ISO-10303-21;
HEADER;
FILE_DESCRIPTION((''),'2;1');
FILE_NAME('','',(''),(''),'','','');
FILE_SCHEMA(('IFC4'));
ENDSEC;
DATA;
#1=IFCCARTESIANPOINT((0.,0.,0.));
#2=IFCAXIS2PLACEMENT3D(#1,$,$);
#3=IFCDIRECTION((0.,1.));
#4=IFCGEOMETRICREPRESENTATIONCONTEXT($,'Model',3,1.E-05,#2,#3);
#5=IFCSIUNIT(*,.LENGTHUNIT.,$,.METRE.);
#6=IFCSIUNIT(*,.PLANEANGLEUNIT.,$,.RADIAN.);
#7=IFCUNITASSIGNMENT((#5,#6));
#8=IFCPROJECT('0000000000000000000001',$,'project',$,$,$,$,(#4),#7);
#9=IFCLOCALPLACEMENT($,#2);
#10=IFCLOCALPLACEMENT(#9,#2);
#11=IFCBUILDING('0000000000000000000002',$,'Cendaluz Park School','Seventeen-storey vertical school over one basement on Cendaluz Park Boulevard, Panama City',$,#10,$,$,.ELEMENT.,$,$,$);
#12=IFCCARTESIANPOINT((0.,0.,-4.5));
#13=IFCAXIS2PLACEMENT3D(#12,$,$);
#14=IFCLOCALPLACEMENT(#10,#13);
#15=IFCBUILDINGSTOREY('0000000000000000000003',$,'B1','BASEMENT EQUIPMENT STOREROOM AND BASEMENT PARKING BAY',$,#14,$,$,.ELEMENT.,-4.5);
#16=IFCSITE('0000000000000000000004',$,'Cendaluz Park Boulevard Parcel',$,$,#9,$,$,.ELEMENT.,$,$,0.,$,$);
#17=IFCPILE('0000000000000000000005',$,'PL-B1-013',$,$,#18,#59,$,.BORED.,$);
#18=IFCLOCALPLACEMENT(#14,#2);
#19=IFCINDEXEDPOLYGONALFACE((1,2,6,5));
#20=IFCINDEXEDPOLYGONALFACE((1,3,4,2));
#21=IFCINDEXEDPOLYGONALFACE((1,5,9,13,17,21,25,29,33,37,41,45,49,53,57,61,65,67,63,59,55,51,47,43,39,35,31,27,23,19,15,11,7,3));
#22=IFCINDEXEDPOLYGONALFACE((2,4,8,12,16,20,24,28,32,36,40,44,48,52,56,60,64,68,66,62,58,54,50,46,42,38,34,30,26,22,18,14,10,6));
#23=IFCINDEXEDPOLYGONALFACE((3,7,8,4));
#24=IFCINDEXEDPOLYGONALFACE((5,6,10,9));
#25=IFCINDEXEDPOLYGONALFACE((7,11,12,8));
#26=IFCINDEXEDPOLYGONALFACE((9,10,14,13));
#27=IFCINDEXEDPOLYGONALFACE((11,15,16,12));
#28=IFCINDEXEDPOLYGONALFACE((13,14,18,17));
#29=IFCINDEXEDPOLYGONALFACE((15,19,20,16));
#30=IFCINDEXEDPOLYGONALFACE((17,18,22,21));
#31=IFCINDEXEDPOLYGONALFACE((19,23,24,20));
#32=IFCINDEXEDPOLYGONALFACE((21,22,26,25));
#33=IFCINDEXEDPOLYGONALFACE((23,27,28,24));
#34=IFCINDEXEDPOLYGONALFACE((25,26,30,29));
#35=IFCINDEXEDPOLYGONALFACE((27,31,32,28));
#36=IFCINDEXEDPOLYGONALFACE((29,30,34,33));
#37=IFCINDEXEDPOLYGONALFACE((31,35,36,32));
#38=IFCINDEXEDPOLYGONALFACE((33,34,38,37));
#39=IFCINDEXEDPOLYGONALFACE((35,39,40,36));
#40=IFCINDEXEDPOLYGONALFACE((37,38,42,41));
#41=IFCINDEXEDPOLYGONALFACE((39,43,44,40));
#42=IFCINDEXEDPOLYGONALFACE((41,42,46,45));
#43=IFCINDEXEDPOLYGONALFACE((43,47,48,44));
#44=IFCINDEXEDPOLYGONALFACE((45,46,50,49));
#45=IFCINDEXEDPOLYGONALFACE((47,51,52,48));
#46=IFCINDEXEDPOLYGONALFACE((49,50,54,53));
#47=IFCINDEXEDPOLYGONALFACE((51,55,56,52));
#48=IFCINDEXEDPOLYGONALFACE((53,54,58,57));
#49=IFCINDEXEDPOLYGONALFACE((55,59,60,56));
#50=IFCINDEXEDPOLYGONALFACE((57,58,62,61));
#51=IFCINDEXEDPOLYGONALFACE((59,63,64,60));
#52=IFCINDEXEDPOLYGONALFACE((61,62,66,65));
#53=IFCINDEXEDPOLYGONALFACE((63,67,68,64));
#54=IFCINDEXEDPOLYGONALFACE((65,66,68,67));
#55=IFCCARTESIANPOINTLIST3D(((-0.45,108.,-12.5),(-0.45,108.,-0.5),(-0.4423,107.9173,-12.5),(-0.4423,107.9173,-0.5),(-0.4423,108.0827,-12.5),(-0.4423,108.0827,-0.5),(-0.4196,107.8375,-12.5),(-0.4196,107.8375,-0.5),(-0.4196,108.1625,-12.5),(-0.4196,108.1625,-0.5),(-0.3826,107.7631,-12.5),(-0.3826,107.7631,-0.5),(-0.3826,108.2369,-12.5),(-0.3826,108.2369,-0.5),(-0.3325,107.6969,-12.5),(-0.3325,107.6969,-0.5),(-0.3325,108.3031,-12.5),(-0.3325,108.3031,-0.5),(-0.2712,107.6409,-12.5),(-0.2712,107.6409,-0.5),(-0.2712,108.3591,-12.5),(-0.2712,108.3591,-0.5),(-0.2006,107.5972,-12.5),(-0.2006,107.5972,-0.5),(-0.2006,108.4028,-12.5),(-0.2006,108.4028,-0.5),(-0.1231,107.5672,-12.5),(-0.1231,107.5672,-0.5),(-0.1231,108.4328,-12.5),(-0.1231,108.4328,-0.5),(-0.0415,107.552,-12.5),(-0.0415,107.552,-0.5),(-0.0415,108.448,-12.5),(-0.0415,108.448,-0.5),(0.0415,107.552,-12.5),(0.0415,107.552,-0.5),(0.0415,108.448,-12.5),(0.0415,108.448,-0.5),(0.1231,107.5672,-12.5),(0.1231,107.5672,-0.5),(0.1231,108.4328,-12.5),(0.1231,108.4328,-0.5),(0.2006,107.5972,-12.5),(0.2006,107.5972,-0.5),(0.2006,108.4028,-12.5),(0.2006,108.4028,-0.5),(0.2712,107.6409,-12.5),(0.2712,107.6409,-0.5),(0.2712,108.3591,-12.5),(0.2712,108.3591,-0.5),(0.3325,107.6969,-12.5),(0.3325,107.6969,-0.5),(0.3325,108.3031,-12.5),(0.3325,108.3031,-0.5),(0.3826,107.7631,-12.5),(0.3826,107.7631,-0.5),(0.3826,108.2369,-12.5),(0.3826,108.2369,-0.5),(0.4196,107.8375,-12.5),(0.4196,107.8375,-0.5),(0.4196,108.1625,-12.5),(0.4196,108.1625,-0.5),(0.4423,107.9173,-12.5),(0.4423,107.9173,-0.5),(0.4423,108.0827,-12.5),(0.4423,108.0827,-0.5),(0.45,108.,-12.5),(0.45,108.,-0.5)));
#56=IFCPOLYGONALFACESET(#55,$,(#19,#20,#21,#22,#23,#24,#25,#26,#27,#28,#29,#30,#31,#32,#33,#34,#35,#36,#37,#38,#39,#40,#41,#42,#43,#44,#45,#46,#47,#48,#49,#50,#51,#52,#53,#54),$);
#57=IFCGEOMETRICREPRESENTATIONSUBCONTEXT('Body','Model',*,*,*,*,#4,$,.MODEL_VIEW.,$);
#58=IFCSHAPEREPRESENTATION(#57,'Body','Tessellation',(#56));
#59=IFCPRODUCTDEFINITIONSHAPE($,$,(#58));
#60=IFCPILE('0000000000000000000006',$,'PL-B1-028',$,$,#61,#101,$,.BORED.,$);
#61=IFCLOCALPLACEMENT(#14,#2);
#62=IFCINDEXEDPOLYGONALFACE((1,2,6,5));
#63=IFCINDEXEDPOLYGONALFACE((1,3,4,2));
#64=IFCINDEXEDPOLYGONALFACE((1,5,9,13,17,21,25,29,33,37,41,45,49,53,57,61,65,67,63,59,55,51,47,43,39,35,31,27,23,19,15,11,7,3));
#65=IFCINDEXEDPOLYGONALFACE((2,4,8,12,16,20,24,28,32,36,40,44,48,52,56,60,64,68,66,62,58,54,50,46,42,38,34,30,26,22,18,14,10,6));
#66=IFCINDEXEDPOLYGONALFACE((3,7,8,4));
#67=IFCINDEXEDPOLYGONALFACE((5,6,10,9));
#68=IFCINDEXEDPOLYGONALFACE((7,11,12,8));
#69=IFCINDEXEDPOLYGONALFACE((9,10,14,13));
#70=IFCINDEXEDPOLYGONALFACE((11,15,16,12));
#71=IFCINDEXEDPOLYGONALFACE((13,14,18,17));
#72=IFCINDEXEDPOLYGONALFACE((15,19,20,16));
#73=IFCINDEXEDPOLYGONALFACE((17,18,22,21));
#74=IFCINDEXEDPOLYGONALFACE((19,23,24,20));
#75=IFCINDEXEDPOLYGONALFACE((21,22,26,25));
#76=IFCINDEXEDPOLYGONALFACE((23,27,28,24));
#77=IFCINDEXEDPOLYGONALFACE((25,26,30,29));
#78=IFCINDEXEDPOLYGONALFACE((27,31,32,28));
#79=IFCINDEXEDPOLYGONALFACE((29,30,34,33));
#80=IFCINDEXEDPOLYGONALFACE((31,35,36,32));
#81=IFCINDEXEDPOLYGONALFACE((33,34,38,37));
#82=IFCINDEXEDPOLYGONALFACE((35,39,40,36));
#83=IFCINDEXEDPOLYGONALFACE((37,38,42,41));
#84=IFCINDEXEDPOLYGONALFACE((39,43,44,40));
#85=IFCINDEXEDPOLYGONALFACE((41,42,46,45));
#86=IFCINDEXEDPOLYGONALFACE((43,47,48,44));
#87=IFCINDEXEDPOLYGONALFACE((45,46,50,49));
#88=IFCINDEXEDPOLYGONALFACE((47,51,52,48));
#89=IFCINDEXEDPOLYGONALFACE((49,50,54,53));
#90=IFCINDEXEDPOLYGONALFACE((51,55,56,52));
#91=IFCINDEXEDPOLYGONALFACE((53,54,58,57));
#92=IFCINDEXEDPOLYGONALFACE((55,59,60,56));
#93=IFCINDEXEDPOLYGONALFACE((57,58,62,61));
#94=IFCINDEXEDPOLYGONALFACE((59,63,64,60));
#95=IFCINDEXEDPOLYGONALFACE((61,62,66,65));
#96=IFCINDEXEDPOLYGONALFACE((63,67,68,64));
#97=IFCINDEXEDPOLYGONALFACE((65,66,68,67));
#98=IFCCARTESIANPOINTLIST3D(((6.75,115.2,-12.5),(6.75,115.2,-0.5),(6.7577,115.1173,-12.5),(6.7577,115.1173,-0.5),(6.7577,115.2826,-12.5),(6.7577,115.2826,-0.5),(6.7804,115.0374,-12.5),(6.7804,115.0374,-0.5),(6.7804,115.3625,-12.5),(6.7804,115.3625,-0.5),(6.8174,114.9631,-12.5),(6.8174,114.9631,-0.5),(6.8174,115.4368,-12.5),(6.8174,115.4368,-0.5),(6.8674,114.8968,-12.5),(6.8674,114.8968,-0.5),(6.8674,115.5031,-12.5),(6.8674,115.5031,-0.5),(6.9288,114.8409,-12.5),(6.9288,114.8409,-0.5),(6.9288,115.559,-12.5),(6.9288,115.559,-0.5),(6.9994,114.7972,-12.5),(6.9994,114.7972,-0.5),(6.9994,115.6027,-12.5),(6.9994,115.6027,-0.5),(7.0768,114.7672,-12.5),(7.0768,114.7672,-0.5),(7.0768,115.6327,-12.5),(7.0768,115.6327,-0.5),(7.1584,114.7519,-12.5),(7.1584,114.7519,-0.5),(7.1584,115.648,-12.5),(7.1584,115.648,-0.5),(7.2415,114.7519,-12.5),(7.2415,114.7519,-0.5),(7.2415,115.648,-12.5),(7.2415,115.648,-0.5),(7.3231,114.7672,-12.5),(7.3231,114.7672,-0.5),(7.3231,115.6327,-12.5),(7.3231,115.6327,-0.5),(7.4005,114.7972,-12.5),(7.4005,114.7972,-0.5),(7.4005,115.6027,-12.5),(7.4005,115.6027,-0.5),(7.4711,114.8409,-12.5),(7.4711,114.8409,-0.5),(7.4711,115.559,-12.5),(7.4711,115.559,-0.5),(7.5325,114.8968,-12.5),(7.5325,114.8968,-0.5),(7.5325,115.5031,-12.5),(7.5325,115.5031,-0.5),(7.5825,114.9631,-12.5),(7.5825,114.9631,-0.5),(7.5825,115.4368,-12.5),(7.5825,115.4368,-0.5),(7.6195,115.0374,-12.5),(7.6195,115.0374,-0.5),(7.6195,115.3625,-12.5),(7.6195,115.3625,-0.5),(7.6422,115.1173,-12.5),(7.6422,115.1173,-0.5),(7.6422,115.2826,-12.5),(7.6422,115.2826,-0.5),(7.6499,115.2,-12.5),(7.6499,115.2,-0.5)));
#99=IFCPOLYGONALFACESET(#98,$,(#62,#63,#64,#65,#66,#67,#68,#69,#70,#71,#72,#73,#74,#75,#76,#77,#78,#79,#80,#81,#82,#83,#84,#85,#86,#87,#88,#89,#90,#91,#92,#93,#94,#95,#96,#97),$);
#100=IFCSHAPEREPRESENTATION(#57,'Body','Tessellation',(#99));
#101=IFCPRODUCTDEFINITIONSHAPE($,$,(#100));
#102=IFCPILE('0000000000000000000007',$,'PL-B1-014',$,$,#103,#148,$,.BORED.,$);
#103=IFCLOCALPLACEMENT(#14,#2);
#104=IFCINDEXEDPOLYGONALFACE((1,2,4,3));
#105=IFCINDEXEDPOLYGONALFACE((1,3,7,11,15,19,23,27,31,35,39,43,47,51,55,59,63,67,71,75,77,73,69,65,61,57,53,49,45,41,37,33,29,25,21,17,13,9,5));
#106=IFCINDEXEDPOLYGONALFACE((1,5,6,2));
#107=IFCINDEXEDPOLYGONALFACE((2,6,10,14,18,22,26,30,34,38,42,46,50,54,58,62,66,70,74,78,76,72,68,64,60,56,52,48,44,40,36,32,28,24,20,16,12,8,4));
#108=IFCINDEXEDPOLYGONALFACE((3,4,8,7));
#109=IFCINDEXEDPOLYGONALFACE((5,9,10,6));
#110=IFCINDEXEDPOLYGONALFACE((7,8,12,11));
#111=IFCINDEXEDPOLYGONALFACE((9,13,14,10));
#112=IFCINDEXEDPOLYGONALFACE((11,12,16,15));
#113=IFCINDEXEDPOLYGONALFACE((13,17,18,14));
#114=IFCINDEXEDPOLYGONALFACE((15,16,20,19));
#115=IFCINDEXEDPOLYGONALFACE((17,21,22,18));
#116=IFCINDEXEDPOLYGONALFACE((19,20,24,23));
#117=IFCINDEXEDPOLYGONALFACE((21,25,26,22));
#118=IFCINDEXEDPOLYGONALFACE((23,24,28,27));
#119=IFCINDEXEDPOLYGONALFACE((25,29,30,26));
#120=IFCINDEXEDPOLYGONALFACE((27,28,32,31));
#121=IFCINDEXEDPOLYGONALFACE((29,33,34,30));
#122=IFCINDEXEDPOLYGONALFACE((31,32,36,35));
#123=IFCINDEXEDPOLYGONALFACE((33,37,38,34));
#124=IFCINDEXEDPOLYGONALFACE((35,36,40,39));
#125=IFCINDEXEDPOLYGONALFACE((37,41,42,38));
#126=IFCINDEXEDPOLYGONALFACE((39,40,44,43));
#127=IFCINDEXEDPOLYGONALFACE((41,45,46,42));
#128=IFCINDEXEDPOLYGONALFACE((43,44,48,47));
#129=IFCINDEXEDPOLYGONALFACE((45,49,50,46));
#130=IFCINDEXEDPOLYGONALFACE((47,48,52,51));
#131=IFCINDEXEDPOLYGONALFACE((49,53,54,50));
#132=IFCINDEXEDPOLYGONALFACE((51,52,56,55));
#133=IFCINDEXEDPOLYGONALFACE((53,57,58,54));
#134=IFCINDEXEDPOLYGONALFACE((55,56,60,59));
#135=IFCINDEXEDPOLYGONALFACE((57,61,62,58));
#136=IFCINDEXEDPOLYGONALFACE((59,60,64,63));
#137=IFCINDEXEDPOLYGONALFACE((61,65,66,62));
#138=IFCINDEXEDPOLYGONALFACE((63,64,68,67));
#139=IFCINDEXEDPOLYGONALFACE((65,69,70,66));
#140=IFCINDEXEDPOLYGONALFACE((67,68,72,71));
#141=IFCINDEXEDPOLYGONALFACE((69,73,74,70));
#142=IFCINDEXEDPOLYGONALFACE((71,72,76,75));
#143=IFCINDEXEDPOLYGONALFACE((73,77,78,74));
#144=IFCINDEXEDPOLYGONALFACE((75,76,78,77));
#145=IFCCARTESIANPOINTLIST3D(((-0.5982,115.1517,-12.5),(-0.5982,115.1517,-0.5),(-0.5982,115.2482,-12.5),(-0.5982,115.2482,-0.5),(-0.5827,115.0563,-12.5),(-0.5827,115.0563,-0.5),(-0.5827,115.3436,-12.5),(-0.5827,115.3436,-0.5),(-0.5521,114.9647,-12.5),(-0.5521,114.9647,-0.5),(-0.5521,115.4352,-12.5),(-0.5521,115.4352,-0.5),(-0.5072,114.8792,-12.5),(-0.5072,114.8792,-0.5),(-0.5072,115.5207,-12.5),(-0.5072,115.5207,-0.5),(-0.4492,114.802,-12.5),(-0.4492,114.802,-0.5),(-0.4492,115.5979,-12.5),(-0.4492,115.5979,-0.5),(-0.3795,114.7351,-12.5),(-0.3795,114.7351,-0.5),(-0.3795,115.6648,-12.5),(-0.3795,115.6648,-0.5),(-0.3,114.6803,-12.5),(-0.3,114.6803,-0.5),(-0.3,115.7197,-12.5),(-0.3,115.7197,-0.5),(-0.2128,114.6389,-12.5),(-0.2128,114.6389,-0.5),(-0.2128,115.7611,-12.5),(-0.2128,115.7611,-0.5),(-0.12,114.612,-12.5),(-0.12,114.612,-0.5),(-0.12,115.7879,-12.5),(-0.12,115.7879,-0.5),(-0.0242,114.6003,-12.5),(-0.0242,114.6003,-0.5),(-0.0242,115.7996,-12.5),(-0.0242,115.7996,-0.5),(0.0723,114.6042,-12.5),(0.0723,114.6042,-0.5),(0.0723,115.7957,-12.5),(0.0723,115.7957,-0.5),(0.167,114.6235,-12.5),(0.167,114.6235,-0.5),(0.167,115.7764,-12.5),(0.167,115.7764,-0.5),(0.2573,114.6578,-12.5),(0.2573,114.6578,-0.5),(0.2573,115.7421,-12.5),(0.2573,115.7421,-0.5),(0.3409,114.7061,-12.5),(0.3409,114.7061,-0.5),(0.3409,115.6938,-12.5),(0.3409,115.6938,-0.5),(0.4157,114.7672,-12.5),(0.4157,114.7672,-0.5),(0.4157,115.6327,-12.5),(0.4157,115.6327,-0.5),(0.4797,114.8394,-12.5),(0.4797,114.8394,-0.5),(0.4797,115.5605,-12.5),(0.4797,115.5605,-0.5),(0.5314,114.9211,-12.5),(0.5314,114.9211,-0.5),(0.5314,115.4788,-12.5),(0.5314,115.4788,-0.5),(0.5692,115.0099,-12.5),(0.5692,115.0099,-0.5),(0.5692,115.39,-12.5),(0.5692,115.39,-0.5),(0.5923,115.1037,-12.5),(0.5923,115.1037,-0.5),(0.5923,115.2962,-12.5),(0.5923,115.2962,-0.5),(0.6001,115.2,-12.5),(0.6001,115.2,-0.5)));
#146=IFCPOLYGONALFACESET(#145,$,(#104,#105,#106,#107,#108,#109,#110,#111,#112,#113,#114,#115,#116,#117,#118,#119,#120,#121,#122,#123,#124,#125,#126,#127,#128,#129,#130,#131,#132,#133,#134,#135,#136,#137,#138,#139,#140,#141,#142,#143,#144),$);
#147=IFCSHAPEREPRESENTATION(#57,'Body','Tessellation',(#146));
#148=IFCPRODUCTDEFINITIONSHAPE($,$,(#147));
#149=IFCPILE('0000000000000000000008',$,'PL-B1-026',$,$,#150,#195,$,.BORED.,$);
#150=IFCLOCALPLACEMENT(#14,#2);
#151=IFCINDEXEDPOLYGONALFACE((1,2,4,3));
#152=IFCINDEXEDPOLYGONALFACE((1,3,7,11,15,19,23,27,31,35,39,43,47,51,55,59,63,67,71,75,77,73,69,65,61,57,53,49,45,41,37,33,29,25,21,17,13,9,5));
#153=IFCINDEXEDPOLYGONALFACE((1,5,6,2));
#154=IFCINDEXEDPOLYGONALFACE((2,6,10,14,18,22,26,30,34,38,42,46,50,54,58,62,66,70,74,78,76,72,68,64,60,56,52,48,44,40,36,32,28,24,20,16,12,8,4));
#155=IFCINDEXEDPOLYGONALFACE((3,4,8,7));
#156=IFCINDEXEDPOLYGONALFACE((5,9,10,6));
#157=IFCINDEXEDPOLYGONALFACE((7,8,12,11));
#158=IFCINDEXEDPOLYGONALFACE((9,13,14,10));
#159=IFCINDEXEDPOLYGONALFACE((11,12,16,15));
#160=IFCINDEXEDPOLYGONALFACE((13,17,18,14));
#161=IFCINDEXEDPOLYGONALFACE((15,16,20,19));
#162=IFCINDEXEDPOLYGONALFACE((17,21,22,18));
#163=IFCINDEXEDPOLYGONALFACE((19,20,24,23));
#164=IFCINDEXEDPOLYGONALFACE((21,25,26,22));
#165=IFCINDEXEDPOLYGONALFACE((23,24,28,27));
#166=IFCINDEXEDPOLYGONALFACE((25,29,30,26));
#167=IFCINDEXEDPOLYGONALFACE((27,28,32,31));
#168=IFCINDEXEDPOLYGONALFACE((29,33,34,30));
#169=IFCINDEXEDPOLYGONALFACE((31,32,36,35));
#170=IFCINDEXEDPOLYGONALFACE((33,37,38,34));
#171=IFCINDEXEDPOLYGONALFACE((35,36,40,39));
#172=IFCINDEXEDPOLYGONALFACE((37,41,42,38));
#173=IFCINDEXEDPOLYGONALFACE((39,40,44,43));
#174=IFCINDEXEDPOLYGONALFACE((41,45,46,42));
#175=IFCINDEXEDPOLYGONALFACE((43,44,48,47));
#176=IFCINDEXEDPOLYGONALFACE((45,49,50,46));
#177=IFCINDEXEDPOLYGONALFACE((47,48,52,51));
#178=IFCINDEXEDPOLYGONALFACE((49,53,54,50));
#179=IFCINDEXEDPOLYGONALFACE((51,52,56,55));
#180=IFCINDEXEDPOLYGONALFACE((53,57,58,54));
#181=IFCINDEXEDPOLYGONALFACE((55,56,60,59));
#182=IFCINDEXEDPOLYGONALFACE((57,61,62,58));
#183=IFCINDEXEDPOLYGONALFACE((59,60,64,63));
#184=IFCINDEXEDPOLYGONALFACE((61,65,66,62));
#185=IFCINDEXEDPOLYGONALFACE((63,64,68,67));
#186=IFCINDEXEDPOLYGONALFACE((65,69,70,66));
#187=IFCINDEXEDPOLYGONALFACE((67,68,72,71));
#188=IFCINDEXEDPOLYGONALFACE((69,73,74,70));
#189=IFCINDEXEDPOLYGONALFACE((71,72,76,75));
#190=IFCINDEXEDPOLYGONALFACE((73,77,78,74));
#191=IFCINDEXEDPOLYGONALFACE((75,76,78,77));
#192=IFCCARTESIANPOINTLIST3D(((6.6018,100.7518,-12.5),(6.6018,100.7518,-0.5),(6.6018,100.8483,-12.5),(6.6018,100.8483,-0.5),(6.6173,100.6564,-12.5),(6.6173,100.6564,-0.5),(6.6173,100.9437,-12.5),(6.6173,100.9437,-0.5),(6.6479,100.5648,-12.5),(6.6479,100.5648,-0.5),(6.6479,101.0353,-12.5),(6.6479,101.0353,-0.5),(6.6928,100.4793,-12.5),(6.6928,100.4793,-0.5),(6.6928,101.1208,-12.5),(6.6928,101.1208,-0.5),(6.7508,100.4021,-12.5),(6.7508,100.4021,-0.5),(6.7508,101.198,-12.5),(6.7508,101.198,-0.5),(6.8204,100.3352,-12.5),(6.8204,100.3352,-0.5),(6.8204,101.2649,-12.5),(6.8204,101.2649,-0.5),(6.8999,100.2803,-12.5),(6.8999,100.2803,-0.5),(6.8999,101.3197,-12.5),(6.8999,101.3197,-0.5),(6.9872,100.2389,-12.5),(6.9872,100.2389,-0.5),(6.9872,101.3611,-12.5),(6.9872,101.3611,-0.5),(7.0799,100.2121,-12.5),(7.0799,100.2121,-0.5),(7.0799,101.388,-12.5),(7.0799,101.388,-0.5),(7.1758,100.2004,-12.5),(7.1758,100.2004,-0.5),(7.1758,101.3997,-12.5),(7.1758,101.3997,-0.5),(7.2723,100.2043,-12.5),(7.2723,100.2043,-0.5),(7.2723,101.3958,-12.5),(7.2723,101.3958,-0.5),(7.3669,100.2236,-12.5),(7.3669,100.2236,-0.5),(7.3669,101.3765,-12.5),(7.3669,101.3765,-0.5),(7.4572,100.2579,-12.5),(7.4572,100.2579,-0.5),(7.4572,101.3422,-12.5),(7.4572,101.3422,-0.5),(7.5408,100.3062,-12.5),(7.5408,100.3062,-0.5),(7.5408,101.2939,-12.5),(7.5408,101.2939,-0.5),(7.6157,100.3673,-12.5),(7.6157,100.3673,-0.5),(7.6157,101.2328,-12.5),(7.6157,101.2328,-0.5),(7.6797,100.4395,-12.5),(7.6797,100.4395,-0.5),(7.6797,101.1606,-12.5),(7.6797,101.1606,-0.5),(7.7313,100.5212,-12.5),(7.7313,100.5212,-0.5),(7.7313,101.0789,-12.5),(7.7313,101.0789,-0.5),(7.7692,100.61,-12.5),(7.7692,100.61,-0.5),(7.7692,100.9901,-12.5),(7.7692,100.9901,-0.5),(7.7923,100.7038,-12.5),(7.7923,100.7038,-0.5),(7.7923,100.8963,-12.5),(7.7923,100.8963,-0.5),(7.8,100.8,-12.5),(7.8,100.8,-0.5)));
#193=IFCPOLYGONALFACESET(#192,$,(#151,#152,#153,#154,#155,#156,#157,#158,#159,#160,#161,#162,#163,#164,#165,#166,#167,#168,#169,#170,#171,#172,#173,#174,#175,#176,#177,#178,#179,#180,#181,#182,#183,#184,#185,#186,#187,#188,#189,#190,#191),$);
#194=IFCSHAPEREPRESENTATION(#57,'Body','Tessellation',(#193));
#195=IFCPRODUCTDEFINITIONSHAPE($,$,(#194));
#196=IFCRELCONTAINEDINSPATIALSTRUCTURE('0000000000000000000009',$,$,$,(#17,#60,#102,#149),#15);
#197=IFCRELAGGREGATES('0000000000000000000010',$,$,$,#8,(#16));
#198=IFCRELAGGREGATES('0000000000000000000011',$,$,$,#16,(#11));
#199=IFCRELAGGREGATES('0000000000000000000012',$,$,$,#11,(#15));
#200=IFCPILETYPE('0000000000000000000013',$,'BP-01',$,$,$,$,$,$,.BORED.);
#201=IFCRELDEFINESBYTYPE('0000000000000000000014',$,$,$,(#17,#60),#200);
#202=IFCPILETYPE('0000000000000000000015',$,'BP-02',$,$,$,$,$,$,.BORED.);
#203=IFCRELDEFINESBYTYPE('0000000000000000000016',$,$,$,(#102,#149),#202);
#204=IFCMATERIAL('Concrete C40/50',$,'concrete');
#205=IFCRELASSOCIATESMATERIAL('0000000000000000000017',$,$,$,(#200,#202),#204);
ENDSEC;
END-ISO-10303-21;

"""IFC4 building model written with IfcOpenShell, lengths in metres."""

from ifc_helpers import new_model, si_unit, direction, frame, origin, origin_2d, place, context, subcontext, project, spatial, circle, extrude, material, material_profile, profile_set, type_object, element, save


model = new_model("IFC4")

# Units and contexts
model_context = context("Model", 3, precision=1e-05, world=origin(), true_north=direction((0.0, 1.0)))
body_context = subcontext(model_context, "Body", "Model", "MODEL_VIEW")
ifc_project = project(units=[si_unit("LENGTHUNIT", "METRE"), si_unit("PLANEANGLEUNIT", "RADIAN")], contexts=[model_context])

# Site, building, storey
site_placement = place(None, origin())
site = spatial("IfcSite", under=ifc_project, at=site_placement, Name="Cendaluz Park Boulevard Parcel", CompositionType="ELEMENT", RefElevation=0.0)
building_placement = place(site_placement, origin())
building = spatial("IfcBuilding", under=site, at=building_placement, Name="Cendaluz Park School", Description="Seventeen-storey vertical school over one basement on Cendaluz Park Boulevard, Panama City", CompositionType="ELEMENT")
storey_placement = place(building_placement, frame((0.0, 0.0, -4.5)))
storey = spatial("IfcBuildingStorey", under=building, at=storey_placement, Name="B1", Description="BASEMENT EQUIPMENT STOREROOM AND BASEMENT PARKING BAY", CompositionType="ELEMENT", Elevation=-4.5)

# Piles
ifc_material_1 = material(Name="Concrete C40/50", Category="concrete")
ifc_material_profile_1 = material_profile(ifc_material_1, circle(Radius=0.45, at=origin_2d()), Name="BP D900", Category="concrete")
ifc_profile_set_1 = profile_set([ifc_material_profile_1], Name="Concrete C40/50")
pile_type_1 = type_object("IfcPileType", Name="BP-01", PredefinedType="BORED", material=ifc_profile_set_1)
for number, where, z_axis, x_axis, name in (
    (1, (0.0, 108.0, -0.5), (0.0, 0.0, -1.0), (1.0, 0.0, 0.0), "PL-B1-013"),
    (2, (7.2, 115.2, -0.5), (0.0, 0.0, -1.0), (1.0, 0.0, 0.0), "PL-B1-028"),
):
    element("IfcPile", number, at=place(storey_placement, frame(where, z_axis=z_axis, x_axis=x_axis)), inside=storey, type_object=pile_type_1, Name=name, PredefinedType="BORED", context=body_context, shape_type="SweptSolid", body=[
        extrude(circle(Radius=0.45, at=origin_2d()), origin(), (0.0, 0.0, 1.0), 12.0),
    ])
ifc_material_profile_2 = material_profile(ifc_material_1, circle(Radius=0.6001, at=origin_2d()), Name="BP D1200", Category="concrete")
ifc_profile_set_2 = profile_set([ifc_material_profile_2], Name="Concrete C40/50")
pile_type_2 = type_object("IfcPileType", Name="BP-02", PredefinedType="BORED", material=ifc_profile_set_2)
for number, where, z_axis, x_axis, name in (
    (3, (0.0, 115.2, -0.5), (0.0, 0.0, -1.0), (1.0, 0.0, 0.0), "PL-B1-014"),
    (4, (7.2, 100.8, -0.5), (0.0, 0.0, -1.0), (1.0, 0.0, 0.0), "PL-B1-026"),
):
    element("IfcPile", number, at=place(storey_placement, frame(where, z_axis=z_axis, x_axis=x_axis)), inside=storey, type_object=pile_type_2, Name=name, PredefinedType="BORED", context=body_context, shape_type="SweptSolid", body=[
        extrude(circle(Radius=0.6001, at=origin_2d()), origin(), (0.0, 0.0, 1.0), 12.0),
    ])

save(model, "model.ifc")
